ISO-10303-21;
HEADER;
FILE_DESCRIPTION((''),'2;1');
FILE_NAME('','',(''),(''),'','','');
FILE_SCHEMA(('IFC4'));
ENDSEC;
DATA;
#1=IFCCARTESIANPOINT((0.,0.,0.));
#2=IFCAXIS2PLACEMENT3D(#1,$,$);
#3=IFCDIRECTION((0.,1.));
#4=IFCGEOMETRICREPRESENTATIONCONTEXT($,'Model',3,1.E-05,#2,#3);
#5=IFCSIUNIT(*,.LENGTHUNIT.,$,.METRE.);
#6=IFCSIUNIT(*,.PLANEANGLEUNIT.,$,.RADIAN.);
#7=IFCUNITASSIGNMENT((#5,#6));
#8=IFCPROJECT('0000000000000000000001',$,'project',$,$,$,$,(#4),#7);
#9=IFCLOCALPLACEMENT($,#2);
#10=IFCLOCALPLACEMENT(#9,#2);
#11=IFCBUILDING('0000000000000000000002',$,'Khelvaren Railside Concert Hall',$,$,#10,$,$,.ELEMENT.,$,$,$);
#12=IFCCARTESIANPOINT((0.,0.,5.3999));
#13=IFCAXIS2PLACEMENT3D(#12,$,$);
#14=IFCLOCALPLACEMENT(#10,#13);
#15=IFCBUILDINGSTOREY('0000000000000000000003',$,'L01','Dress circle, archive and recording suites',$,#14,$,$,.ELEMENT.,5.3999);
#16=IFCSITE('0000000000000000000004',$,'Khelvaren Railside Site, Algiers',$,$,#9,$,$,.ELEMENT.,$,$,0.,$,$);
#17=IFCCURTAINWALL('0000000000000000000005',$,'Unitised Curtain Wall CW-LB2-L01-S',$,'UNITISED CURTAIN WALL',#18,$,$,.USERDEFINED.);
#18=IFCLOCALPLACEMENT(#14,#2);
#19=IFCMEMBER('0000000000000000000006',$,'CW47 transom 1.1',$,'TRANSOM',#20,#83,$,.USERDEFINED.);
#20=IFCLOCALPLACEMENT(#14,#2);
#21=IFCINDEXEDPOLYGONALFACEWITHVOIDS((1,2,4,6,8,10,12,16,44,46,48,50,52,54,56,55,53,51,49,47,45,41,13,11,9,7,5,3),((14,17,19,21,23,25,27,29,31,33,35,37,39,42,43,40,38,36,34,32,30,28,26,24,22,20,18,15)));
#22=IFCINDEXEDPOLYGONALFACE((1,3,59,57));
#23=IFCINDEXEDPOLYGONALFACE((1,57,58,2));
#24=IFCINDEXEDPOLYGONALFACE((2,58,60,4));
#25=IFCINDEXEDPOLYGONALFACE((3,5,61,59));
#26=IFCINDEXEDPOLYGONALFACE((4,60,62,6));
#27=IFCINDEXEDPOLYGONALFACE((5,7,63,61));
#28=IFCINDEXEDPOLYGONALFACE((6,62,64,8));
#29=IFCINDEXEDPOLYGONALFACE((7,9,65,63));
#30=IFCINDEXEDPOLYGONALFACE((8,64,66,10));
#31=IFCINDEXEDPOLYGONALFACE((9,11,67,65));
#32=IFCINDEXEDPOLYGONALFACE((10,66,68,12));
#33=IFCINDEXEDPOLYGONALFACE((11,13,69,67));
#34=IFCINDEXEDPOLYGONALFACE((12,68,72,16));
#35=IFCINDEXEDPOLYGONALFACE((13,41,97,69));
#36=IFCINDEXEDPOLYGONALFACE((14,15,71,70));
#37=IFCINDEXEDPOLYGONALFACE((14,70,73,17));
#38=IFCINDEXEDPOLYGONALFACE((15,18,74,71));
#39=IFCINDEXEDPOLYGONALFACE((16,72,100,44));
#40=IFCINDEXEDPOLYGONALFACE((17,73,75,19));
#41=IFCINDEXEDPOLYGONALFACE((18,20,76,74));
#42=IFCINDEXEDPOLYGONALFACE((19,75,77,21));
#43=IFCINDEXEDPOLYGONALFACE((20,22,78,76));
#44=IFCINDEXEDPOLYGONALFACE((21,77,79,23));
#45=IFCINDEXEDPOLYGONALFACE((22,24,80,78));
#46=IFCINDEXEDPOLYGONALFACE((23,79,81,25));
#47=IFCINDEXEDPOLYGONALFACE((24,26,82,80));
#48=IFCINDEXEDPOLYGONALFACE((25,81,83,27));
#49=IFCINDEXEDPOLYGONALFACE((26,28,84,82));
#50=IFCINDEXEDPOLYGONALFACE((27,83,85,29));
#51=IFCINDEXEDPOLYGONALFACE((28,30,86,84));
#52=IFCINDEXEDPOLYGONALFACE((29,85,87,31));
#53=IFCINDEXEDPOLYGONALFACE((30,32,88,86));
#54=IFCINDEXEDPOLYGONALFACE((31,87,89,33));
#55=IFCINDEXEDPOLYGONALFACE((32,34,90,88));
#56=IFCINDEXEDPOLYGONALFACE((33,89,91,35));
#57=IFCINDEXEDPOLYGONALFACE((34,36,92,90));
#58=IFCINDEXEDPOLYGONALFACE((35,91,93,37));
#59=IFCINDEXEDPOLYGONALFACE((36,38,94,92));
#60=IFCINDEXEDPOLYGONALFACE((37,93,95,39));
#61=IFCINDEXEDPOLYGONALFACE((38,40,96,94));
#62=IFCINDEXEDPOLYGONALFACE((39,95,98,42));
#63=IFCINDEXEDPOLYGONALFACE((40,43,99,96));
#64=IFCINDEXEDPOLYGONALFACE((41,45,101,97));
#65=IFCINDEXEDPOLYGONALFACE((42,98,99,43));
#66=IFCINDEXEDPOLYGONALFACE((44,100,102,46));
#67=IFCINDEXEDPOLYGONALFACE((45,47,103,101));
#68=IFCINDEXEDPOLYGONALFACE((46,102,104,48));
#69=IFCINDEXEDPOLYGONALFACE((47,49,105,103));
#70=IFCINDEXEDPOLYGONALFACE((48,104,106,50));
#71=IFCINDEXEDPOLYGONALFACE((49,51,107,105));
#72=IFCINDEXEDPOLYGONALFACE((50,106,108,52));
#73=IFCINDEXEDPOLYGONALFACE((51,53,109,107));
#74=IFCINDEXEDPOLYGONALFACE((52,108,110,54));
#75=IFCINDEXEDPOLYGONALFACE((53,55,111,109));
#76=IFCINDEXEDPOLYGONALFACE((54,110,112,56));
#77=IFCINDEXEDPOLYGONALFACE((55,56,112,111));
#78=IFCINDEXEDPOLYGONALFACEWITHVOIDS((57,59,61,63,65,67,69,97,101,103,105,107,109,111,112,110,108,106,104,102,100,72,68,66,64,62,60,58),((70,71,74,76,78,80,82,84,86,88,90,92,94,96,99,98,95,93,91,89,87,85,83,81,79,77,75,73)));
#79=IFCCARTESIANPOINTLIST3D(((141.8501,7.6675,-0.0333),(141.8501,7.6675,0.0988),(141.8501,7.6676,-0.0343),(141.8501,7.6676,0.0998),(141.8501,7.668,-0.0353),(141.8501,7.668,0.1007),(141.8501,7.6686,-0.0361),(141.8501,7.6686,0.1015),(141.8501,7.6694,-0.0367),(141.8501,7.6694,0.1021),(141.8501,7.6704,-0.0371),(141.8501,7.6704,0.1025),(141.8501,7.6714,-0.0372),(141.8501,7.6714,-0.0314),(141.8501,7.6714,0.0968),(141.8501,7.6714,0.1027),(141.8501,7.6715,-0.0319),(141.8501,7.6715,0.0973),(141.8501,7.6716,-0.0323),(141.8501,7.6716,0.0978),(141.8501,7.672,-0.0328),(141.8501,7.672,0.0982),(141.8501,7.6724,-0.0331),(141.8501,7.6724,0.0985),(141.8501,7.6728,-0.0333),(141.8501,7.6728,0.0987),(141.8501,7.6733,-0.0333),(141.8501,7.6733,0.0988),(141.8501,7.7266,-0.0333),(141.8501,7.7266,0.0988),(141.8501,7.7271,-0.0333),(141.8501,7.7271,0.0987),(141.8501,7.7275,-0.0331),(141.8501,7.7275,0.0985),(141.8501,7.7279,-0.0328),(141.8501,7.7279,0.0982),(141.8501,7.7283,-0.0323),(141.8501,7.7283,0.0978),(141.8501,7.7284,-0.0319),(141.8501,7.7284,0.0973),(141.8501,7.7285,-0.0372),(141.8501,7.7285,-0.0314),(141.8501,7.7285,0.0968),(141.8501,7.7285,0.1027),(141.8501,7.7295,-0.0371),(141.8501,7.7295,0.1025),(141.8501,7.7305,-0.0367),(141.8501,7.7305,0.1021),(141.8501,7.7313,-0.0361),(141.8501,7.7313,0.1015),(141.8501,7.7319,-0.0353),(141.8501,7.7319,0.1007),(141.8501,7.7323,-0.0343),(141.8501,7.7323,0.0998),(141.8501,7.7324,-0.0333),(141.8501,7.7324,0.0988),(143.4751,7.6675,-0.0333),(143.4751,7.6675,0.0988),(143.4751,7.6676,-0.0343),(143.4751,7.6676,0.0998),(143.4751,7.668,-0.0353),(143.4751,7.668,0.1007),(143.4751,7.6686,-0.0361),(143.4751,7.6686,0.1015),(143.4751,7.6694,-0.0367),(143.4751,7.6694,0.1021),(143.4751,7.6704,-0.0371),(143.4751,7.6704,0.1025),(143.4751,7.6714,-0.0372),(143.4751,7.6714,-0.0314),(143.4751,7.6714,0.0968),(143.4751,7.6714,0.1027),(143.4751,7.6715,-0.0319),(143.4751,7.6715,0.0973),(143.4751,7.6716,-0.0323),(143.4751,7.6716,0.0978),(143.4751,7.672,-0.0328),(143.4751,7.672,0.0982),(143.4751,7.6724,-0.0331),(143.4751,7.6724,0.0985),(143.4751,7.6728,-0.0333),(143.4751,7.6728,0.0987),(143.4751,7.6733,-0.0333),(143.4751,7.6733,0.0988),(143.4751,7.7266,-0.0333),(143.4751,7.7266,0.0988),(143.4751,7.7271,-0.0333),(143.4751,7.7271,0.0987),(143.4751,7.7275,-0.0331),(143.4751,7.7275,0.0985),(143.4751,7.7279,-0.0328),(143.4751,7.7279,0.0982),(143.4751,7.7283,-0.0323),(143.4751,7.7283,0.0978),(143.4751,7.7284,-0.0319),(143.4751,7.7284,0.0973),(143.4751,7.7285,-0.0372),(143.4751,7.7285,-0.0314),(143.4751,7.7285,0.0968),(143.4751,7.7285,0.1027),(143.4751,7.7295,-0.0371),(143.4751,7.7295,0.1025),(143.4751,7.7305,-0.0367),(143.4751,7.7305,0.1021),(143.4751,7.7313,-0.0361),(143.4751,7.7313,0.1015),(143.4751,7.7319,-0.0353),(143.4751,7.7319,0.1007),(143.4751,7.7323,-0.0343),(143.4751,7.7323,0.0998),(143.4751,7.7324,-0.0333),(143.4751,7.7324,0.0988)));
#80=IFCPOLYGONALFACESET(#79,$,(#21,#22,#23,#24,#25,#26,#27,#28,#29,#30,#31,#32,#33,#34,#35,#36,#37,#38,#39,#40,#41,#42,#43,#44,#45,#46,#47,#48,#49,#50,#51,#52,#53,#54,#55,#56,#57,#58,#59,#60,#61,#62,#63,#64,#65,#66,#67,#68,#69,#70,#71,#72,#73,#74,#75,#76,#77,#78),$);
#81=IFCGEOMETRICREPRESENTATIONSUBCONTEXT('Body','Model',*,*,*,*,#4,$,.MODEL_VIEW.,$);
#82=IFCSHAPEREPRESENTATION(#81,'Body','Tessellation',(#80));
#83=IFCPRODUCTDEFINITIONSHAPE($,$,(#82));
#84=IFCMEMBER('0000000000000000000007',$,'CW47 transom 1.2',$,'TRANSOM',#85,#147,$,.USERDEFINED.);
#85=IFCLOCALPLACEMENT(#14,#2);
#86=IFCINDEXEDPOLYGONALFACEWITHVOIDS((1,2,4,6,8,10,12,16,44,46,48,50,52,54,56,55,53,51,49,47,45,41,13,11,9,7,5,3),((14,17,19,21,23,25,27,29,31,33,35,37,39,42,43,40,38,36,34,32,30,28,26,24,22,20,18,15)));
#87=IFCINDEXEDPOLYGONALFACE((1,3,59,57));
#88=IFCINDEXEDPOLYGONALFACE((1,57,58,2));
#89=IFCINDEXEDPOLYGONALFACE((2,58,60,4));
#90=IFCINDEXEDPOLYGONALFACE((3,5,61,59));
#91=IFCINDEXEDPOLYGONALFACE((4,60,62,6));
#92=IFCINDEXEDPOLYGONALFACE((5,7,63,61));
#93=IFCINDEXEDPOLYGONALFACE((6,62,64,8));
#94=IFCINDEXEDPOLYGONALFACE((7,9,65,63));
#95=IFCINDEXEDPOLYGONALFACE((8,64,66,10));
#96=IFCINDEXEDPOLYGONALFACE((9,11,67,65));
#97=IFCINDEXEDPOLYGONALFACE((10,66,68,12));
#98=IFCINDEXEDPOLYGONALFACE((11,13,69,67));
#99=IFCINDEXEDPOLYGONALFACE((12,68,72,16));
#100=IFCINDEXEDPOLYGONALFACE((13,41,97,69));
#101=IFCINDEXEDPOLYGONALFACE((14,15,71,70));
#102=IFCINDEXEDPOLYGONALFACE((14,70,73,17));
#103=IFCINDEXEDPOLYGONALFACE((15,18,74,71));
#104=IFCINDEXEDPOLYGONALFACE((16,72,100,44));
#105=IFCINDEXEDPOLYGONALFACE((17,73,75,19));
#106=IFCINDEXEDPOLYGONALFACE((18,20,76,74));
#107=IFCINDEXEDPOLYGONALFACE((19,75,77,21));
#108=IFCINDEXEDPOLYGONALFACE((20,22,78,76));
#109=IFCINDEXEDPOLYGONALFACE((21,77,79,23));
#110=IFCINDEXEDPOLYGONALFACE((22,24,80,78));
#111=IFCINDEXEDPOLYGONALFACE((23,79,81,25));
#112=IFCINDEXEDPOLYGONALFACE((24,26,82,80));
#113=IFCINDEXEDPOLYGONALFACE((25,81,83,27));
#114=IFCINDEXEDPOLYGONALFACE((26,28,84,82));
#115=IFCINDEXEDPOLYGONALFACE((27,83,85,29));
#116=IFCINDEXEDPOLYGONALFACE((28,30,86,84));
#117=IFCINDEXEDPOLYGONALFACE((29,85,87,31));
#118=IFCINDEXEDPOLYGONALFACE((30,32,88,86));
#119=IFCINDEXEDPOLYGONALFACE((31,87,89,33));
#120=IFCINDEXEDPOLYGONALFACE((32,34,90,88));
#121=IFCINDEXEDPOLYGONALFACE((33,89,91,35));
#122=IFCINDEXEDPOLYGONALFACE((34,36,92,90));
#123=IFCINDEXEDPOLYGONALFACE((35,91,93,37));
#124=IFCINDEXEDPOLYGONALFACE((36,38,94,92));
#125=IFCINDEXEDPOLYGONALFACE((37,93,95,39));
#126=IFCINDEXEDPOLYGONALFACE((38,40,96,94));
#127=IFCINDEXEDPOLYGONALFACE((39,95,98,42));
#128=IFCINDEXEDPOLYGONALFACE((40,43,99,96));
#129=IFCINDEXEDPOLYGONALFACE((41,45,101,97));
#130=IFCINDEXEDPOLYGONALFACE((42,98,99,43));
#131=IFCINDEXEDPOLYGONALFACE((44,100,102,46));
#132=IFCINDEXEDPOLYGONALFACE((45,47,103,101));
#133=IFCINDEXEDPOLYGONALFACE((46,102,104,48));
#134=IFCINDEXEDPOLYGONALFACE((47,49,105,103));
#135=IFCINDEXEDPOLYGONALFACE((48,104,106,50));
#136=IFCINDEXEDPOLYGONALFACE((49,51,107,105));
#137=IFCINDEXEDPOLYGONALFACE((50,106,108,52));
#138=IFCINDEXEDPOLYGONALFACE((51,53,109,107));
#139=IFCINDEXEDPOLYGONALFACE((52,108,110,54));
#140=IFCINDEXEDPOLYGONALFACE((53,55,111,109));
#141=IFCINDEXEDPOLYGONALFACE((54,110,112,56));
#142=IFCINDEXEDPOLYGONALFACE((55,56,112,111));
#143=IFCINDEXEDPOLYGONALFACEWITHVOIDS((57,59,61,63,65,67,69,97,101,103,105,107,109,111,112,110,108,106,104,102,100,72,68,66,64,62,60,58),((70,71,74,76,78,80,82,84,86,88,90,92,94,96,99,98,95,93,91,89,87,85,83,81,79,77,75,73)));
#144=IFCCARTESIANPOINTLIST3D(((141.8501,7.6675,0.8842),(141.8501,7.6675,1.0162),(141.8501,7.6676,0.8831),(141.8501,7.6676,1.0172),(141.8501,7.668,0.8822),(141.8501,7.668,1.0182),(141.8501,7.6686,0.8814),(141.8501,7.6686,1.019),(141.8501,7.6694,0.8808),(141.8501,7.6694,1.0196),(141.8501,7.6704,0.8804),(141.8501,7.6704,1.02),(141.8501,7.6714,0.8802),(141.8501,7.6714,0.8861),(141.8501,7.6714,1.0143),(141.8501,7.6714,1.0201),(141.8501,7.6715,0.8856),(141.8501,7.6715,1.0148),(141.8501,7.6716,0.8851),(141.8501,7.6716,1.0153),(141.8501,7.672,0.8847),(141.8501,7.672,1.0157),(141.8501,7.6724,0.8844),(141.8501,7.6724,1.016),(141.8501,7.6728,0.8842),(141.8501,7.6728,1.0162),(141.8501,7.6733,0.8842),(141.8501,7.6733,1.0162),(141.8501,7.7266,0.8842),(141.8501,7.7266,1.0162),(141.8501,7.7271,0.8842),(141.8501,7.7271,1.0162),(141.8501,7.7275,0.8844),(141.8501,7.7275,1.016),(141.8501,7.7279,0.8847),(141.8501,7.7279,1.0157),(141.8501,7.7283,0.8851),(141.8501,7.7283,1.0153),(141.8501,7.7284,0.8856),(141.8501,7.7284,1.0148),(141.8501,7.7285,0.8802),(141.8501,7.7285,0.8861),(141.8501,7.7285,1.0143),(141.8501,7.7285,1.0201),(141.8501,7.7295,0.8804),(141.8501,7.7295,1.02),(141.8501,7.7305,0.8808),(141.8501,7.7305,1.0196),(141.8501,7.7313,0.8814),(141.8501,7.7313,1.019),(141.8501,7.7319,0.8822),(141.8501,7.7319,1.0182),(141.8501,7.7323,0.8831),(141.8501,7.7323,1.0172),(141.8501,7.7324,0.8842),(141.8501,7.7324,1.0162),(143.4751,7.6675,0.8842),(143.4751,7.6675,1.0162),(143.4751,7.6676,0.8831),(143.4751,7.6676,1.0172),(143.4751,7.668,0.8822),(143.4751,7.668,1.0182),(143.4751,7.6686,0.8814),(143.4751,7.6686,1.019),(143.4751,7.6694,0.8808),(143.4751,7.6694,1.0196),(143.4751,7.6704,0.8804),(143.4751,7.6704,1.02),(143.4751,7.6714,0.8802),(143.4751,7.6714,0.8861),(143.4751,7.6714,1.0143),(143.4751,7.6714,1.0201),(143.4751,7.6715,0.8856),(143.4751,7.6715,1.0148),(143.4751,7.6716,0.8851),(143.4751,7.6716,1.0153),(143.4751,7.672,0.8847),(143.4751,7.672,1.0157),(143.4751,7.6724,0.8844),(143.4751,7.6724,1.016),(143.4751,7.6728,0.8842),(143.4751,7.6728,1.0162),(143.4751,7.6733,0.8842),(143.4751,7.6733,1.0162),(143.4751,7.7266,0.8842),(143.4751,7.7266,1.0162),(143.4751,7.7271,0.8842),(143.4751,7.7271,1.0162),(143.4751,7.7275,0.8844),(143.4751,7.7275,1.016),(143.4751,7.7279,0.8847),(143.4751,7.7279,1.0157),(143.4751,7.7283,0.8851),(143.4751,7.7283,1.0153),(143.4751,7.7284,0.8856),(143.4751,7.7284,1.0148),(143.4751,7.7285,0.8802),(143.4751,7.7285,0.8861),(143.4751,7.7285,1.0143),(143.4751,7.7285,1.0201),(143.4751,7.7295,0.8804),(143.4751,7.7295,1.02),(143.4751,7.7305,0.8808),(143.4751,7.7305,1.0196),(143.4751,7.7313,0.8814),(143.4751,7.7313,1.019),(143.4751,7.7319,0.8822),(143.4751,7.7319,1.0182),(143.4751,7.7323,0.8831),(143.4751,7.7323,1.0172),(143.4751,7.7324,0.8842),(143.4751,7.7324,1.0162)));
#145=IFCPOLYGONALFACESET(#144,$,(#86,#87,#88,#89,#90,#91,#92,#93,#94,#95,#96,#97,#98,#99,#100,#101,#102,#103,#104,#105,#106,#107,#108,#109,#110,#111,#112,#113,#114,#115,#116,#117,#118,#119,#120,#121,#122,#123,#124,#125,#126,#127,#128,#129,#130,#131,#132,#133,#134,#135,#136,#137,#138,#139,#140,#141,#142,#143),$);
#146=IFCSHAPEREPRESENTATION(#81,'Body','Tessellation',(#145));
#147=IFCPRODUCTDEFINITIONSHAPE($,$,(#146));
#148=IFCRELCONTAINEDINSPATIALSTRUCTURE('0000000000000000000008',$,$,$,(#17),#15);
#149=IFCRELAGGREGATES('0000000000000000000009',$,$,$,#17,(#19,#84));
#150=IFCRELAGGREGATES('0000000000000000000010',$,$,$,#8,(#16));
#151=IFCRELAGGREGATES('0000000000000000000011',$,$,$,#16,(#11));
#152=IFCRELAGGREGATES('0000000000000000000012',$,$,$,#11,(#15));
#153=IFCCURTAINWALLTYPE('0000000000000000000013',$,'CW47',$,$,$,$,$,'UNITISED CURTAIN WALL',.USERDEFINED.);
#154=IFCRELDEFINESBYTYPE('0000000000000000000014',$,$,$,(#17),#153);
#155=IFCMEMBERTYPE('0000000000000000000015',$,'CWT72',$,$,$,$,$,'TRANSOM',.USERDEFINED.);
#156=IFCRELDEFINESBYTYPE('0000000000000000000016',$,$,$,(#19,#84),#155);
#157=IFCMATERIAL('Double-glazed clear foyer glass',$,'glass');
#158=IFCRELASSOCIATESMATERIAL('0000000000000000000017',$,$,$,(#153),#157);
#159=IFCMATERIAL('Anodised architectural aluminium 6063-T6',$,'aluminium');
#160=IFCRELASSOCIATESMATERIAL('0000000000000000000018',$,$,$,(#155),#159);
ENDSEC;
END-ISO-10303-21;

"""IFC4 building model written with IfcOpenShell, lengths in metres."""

from ifc_helpers import new_model, si_unit, direction, frame, origin, origin_2d, place, context, subcontext, project, spatial, hollow_rectangle, extrude, material, material_profile, profile_set, type_object, element, aggregate, save


model = new_model("IFC4")

# Units and contexts
model_context = context("Model", 3, precision=1e-05, world=origin(), true_north=direction((0.0, 1.0)))
body_context = subcontext(model_context, "Body", "Model", "MODEL_VIEW")
ifc_project = project(units=[si_unit("LENGTHUNIT", "METRE"), si_unit("PLANEANGLEUNIT", "RADIAN")], contexts=[model_context])

# Site, building, storey
site_placement = place(None, origin())
site = spatial("IfcSite", under=ifc_project, at=site_placement, Name="Khelvaren Railside Site, Algiers", CompositionType="ELEMENT", RefElevation=0.0)
building_placement = place(site_placement, origin())
building = spatial("IfcBuilding", under=site, at=building_placement, Name="Khelvaren Railside Concert Hall", CompositionType="ELEMENT")
storey_placement = place(building_placement, frame((0.0, 0.0, 5.3999)))
storey = spatial("IfcBuildingStorey", under=building, at=storey_placement, Name="L01", Description="Dress circle, archive and recording suites", CompositionType="ELEMENT", Elevation=5.3999)

# Curtain wall
ifc_material_1 = material(Name="Double-glazed clear foyer glass", Category="glass")
curtain_wall_type_1 = type_object("IfcCurtainWallType", Name="CW47", ElementType="UNITISED CURTAIN WALL", PredefinedType="USERDEFINED", material=ifc_material_1)
curtain_wall_1_placement = place(storey_placement, origin())
curtain_wall_1 = element("IfcCurtainWall", 1, at=curtain_wall_1_placement, inside=storey, type_object=curtain_wall_type_1, Name="Unitised Curtain Wall CW-LB2-L01-S", ObjectType="UNITISED CURTAIN WALL", PredefinedType="USERDEFINED")
ifc_material_2 = material(Name="Anodised architectural aluminium 6063-T6", Category="aluminium")

# Members
ifc_material_profile_1 = material_profile(ifc_material_2, hollow_rectangle(XDim=0.0649, YDim=0.1399, WallThickness=0.0039, InnerFilletRadius=0.002, OuterFilletRadius=0.0039, at=origin_2d()), Name="CWT 65x140x4")
ifc_profile_set_1 = profile_set([ifc_material_profile_1], Name="Anodised architectural aluminium 6063-T6")
member_type_1 = type_object("IfcMemberType", Name="CWT72", ElementType="TRANSOM", PredefinedType="USERDEFINED", material=ifc_profile_set_1)
member_1_placement = place(storey_placement, frame((143.4751, 7.7, 0.0327), z_axis=(-1.0, 0.0, 0.0), x_axis=(0.0, -1.0, 0.0)))
member_1 = element("IfcMember", 2, at=member_1_placement, type_object=member_type_1, Name="CW47 transom 1.1", ObjectType="TRANSOM", PredefinedType="USERDEFINED", context=body_context, shape_type="SweptSolid", body=[
    extrude(hollow_rectangle(XDim=0.0649, YDim=0.1399, WallThickness=0.0039, InnerFilletRadius=0.002, OuterFilletRadius=0.0039, at=origin_2d()), origin(), (0.0, 0.0, 1.0), 1.625),
])
member_2_placement = place(storey_placement, frame((143.4751, 7.7, 0.9502), z_axis=(-1.0, 0.0, 0.0), x_axis=(0.0, -1.0, 0.0)))
member_2 = element("IfcMember", 3, at=member_2_placement, type_object=member_type_1, Name="CW47 transom 1.2", ObjectType="TRANSOM", PredefinedType="USERDEFINED", context=body_context, shape_type="SweptSolid", body=[
    extrude(hollow_rectangle(XDim=0.0649, YDim=0.1399, WallThickness=0.0039, InnerFilletRadius=0.002, OuterFilletRadius=0.0039, at=origin_2d()), origin(), (0.0, 0.0, 1.0), 1.625),
])

aggregate(curtain_wall_1, [member_1, member_2])

save(model, "model.ifc")
